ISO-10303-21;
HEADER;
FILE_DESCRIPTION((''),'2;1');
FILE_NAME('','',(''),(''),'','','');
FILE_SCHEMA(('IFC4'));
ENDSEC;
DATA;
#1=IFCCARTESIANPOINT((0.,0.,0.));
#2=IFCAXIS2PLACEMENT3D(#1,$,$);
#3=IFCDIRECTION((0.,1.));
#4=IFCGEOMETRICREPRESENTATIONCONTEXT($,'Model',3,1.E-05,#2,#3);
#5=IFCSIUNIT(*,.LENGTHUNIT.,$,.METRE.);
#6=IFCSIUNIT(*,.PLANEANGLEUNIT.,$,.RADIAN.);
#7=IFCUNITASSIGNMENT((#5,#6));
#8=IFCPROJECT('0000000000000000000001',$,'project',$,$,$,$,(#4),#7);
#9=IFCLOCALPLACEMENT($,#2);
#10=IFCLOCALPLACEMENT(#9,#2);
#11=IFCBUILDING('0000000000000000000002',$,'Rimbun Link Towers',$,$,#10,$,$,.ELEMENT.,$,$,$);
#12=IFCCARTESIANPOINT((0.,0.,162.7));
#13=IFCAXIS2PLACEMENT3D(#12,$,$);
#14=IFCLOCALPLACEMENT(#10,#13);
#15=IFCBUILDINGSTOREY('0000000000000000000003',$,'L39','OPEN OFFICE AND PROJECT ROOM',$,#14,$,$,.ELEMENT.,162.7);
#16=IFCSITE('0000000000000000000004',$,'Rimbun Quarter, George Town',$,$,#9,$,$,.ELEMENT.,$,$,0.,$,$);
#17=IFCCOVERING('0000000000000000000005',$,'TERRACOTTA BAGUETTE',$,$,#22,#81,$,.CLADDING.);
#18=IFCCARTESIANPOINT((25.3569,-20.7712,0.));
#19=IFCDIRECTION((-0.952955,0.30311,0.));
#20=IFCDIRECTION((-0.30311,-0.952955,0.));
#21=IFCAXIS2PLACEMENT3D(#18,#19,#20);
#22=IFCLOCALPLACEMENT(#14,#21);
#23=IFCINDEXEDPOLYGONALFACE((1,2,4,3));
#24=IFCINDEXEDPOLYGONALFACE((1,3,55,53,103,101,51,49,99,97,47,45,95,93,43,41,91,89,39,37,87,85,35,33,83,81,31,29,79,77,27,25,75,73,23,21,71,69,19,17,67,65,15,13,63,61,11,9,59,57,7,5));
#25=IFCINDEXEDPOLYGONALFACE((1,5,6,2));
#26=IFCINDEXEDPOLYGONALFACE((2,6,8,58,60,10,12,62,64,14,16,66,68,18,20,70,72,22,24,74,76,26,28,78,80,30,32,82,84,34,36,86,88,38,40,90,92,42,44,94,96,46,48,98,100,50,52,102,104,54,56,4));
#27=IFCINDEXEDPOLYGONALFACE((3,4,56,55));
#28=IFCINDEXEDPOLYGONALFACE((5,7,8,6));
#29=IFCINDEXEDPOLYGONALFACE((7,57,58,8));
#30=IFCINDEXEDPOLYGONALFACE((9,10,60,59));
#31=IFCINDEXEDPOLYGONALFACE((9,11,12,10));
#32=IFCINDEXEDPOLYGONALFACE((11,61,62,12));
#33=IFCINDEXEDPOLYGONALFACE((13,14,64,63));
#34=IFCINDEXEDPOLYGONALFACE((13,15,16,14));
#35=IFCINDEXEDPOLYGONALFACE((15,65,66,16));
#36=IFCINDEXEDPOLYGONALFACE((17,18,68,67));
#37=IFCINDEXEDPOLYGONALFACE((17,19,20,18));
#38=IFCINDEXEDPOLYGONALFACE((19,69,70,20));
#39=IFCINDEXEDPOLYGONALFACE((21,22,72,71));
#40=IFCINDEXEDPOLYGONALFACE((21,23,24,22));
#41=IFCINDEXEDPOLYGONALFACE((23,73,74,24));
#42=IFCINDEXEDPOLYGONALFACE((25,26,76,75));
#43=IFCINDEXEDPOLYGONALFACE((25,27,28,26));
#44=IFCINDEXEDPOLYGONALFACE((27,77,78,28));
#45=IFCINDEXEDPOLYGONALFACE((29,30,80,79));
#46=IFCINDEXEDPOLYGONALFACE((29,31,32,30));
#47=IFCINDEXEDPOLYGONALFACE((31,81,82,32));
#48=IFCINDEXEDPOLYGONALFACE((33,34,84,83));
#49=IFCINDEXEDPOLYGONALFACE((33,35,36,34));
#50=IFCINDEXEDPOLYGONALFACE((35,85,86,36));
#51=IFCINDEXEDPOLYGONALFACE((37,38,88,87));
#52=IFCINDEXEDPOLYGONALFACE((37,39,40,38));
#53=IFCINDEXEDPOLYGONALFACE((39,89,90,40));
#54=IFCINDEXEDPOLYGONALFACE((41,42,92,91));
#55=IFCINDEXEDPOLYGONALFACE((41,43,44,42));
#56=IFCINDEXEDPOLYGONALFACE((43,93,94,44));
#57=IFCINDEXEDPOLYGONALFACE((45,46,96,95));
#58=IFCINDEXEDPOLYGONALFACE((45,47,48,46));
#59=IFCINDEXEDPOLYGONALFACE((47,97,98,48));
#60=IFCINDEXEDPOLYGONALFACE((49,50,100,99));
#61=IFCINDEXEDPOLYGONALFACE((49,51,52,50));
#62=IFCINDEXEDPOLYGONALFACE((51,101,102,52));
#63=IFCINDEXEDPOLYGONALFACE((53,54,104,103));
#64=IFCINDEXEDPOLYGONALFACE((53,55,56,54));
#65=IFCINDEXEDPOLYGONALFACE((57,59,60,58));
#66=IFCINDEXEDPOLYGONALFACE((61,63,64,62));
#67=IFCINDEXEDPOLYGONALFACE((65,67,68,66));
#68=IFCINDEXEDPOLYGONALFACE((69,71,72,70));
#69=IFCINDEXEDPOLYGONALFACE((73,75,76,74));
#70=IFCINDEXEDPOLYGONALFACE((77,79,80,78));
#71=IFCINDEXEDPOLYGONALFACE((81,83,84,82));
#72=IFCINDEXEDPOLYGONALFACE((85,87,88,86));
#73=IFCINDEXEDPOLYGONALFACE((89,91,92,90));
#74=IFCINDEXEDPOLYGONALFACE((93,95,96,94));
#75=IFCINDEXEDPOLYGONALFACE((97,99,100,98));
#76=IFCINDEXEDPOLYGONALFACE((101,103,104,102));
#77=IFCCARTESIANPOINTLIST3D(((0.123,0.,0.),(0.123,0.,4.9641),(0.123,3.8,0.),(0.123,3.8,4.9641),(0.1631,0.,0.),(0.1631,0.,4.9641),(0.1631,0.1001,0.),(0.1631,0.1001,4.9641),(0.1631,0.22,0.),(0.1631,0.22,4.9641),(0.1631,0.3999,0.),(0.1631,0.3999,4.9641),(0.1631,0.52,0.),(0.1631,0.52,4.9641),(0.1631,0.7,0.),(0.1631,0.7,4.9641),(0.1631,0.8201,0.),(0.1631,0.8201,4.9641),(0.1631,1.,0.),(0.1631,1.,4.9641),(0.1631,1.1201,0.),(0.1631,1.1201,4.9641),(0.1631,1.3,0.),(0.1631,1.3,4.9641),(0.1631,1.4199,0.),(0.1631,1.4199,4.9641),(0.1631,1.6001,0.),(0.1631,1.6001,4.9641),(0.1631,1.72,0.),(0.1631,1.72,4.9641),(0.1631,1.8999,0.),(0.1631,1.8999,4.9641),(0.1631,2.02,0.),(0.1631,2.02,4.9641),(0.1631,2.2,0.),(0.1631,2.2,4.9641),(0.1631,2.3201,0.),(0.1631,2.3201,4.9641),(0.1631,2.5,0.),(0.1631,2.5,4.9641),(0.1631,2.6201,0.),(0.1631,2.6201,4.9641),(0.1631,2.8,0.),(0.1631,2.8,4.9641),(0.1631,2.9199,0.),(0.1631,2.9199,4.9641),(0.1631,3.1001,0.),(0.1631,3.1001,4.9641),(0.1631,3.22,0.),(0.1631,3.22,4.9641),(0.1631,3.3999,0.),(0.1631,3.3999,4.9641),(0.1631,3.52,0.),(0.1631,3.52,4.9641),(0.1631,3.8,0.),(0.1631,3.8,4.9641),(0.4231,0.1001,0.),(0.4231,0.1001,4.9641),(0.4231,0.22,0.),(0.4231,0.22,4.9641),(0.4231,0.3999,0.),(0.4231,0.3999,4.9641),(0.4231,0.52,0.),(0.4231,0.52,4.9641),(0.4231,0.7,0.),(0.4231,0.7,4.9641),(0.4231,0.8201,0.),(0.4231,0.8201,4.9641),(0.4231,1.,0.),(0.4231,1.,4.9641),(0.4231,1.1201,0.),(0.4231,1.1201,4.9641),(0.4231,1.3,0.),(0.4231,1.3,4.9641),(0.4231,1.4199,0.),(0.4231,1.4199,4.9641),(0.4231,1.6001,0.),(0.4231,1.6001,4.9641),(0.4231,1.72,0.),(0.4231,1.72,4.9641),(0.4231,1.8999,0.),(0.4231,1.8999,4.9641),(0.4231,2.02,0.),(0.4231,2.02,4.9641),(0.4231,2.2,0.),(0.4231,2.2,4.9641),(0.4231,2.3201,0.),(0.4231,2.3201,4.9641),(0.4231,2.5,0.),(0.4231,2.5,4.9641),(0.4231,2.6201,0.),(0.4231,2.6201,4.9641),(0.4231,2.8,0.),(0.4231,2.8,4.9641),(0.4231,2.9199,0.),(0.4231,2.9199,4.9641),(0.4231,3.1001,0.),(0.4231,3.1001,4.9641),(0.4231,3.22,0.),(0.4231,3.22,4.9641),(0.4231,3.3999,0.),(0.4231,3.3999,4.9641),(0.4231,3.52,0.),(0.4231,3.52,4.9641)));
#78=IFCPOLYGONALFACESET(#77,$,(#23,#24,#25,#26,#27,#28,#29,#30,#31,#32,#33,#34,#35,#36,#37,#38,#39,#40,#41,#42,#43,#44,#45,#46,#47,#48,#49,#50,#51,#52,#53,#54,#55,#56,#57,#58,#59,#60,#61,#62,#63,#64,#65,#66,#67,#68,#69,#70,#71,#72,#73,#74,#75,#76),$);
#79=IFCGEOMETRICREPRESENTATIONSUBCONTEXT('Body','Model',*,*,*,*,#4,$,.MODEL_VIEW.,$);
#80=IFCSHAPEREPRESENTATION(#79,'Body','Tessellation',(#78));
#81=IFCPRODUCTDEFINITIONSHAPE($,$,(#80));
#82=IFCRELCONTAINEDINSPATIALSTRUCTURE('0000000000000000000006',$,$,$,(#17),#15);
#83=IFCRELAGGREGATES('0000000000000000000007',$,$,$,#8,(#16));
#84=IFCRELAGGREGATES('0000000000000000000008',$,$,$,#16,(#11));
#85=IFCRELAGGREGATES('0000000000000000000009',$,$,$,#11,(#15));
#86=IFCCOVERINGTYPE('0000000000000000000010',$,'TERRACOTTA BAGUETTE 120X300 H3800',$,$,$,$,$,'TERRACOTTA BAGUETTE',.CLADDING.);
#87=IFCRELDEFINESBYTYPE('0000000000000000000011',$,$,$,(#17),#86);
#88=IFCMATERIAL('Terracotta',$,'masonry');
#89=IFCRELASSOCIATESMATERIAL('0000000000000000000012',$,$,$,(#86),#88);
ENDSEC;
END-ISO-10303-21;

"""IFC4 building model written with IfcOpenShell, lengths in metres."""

from ifc_helpers import new_model, si_unit, direction, frame, origin, place, context, subcontext, project, spatial, polyline, outline, extrude, material, material_profile, profile_set, type_object, element, save


model = new_model("IFC4")

# Units and contexts
model_context = context("Model", 3, precision=1e-05, world=origin(), true_north=direction((0.0, 1.0)))
body_context = subcontext(model_context, "Body", "Model", "MODEL_VIEW")
ifc_project = project(units=[si_unit("LENGTHUNIT", "METRE"), si_unit("PLANEANGLEUNIT", "RADIAN")], contexts=[model_context])

# Site, building, storey
site_placement = place(None, origin())
site = spatial("IfcSite", under=ifc_project, at=site_placement, Name="Rimbun Quarter, George Town", CompositionType="ELEMENT", RefElevation=0.0)
building_placement = place(site_placement, origin())
building = spatial("IfcBuilding", under=site, at=building_placement, Name="Rimbun Link Towers", CompositionType="ELEMENT")
storey_placement = place(building_placement, frame((0.0, 0.0, 162.7)))
storey = spatial("IfcBuildingStorey", under=building, at=storey_placement, Name="L39", Description="OPEN OFFICE AND PROJECT ROOM", CompositionType="ELEMENT", Elevation=162.7)

# Covering
ifc_material_1 = material(Name="Terracotta", Category="masonry")
ifc_material_profile_1 = material_profile(ifc_material_1, outline(polyline([(0.123, 0.0), (0.1631, 0.0), (0.1631, 0.1001), (0.4231, 0.1001), (0.4231, 0.22), (0.1631, 0.22), (0.1631, 0.3999), (0.4231, 0.3999), (0.4231, 0.52), (0.1631, 0.52), (0.1631, 0.7), (0.4231, 0.7), (0.4231, 0.8201), (0.1631, 0.8201), (0.1631, 1.0), (0.4231, 1.0), (0.4231, 1.1201), (0.1631, 1.1201), (0.1631, 1.3), (0.4231, 1.3), (0.4231, 1.4199), (0.1631, 1.4199), (0.1631, 1.6001), (0.4231, 1.6001), (0.4231, 1.72), (0.1631, 1.72), (0.1631, 1.8999), (0.4231, 1.8999), (0.4231, 2.02), (0.1631, 2.02), (0.1631, 2.2), (0.4231, 2.2), (0.4231, 2.3201), (0.1631, 2.3201), (0.1631, 2.5), (0.4231, 2.5), (0.4231, 2.6201), (0.1631, 2.6201), (0.1631, 2.8), (0.4231, 2.8), (0.4231, 2.9199), (0.1631, 2.9199), (0.1631, 3.1001), (0.4231, 3.1001), (0.4231, 3.22), (0.1631, 3.22), (0.1631, 3.3999), (0.4231, 3.3999), (0.4231, 3.52), (0.1631, 3.52), (0.1631, 3.8), (0.123, 3.8), (0.123, 0.0)])), Name="BAGUETTE 120X300")
ifc_profile_set_1 = profile_set([ifc_material_profile_1], Name="Terracotta")
covering_type = type_object("IfcCoveringType", Name="TERRACOTTA BAGUETTE 120X300 H3800", ElementType="TERRACOTTA BAGUETTE", PredefinedType="CLADDING", material=ifc_profile_set_1)
covering_1_placement = place(storey_placement, frame((25.3569, -20.7712, 0.0), z_axis=(-0.952955, 0.30311, 0.0), x_axis=(-0.30311, -0.952955, 0.0)))
element("IfcCovering", 1, at=covering_1_placement, inside=storey, type_object=covering_type, Name="TERRACOTTA BAGUETTE", PredefinedType="CLADDING", context=body_context, shape_type="SweptSolid", body=[
    extrude(outline(polyline([(0.123, 0.0), (0.1631, 0.0), (0.1631, 0.1001), (0.4231, 0.1001), (0.4231, 0.22), (0.1631, 0.22), (0.1631, 0.3999), (0.4231, 0.3999), (0.4231, 0.52), (0.1631, 0.52), (0.1631, 0.7), (0.4231, 0.7), (0.4231, 0.8201), (0.1631, 0.8201), (0.1631, 1.0), (0.4231, 1.0), (0.4231, 1.1201), (0.1631, 1.1201), (0.1631, 1.3), (0.4231, 1.3), (0.4231, 1.4199), (0.1631, 1.4199), (0.1631, 1.6001), (0.4231, 1.6001), (0.4231, 1.72), (0.1631, 1.72), (0.1631, 1.8999), (0.4231, 1.8999), (0.4231, 2.02), (0.1631, 2.02), (0.1631, 2.2), (0.4231, 2.2), (0.4231, 2.3201), (0.1631, 2.3201), (0.1631, 2.5), (0.4231, 2.5), (0.4231, 2.6201), (0.1631, 2.6201), (0.1631, 2.8), (0.4231, 2.8), (0.4231, 2.9199), (0.1631, 2.9199), (0.1631, 3.1001), (0.4231, 3.1001), (0.4231, 3.22), (0.1631, 3.22), (0.1631, 3.3999), (0.4231, 3.3999), (0.4231, 3.52), (0.1631, 3.52), (0.1631, 3.8), (0.123, 3.8), (0.123, 0.0)])), origin(), (0.0, 0.0, 1.0), 4.9641),
])

save(model, "model.ifc")
